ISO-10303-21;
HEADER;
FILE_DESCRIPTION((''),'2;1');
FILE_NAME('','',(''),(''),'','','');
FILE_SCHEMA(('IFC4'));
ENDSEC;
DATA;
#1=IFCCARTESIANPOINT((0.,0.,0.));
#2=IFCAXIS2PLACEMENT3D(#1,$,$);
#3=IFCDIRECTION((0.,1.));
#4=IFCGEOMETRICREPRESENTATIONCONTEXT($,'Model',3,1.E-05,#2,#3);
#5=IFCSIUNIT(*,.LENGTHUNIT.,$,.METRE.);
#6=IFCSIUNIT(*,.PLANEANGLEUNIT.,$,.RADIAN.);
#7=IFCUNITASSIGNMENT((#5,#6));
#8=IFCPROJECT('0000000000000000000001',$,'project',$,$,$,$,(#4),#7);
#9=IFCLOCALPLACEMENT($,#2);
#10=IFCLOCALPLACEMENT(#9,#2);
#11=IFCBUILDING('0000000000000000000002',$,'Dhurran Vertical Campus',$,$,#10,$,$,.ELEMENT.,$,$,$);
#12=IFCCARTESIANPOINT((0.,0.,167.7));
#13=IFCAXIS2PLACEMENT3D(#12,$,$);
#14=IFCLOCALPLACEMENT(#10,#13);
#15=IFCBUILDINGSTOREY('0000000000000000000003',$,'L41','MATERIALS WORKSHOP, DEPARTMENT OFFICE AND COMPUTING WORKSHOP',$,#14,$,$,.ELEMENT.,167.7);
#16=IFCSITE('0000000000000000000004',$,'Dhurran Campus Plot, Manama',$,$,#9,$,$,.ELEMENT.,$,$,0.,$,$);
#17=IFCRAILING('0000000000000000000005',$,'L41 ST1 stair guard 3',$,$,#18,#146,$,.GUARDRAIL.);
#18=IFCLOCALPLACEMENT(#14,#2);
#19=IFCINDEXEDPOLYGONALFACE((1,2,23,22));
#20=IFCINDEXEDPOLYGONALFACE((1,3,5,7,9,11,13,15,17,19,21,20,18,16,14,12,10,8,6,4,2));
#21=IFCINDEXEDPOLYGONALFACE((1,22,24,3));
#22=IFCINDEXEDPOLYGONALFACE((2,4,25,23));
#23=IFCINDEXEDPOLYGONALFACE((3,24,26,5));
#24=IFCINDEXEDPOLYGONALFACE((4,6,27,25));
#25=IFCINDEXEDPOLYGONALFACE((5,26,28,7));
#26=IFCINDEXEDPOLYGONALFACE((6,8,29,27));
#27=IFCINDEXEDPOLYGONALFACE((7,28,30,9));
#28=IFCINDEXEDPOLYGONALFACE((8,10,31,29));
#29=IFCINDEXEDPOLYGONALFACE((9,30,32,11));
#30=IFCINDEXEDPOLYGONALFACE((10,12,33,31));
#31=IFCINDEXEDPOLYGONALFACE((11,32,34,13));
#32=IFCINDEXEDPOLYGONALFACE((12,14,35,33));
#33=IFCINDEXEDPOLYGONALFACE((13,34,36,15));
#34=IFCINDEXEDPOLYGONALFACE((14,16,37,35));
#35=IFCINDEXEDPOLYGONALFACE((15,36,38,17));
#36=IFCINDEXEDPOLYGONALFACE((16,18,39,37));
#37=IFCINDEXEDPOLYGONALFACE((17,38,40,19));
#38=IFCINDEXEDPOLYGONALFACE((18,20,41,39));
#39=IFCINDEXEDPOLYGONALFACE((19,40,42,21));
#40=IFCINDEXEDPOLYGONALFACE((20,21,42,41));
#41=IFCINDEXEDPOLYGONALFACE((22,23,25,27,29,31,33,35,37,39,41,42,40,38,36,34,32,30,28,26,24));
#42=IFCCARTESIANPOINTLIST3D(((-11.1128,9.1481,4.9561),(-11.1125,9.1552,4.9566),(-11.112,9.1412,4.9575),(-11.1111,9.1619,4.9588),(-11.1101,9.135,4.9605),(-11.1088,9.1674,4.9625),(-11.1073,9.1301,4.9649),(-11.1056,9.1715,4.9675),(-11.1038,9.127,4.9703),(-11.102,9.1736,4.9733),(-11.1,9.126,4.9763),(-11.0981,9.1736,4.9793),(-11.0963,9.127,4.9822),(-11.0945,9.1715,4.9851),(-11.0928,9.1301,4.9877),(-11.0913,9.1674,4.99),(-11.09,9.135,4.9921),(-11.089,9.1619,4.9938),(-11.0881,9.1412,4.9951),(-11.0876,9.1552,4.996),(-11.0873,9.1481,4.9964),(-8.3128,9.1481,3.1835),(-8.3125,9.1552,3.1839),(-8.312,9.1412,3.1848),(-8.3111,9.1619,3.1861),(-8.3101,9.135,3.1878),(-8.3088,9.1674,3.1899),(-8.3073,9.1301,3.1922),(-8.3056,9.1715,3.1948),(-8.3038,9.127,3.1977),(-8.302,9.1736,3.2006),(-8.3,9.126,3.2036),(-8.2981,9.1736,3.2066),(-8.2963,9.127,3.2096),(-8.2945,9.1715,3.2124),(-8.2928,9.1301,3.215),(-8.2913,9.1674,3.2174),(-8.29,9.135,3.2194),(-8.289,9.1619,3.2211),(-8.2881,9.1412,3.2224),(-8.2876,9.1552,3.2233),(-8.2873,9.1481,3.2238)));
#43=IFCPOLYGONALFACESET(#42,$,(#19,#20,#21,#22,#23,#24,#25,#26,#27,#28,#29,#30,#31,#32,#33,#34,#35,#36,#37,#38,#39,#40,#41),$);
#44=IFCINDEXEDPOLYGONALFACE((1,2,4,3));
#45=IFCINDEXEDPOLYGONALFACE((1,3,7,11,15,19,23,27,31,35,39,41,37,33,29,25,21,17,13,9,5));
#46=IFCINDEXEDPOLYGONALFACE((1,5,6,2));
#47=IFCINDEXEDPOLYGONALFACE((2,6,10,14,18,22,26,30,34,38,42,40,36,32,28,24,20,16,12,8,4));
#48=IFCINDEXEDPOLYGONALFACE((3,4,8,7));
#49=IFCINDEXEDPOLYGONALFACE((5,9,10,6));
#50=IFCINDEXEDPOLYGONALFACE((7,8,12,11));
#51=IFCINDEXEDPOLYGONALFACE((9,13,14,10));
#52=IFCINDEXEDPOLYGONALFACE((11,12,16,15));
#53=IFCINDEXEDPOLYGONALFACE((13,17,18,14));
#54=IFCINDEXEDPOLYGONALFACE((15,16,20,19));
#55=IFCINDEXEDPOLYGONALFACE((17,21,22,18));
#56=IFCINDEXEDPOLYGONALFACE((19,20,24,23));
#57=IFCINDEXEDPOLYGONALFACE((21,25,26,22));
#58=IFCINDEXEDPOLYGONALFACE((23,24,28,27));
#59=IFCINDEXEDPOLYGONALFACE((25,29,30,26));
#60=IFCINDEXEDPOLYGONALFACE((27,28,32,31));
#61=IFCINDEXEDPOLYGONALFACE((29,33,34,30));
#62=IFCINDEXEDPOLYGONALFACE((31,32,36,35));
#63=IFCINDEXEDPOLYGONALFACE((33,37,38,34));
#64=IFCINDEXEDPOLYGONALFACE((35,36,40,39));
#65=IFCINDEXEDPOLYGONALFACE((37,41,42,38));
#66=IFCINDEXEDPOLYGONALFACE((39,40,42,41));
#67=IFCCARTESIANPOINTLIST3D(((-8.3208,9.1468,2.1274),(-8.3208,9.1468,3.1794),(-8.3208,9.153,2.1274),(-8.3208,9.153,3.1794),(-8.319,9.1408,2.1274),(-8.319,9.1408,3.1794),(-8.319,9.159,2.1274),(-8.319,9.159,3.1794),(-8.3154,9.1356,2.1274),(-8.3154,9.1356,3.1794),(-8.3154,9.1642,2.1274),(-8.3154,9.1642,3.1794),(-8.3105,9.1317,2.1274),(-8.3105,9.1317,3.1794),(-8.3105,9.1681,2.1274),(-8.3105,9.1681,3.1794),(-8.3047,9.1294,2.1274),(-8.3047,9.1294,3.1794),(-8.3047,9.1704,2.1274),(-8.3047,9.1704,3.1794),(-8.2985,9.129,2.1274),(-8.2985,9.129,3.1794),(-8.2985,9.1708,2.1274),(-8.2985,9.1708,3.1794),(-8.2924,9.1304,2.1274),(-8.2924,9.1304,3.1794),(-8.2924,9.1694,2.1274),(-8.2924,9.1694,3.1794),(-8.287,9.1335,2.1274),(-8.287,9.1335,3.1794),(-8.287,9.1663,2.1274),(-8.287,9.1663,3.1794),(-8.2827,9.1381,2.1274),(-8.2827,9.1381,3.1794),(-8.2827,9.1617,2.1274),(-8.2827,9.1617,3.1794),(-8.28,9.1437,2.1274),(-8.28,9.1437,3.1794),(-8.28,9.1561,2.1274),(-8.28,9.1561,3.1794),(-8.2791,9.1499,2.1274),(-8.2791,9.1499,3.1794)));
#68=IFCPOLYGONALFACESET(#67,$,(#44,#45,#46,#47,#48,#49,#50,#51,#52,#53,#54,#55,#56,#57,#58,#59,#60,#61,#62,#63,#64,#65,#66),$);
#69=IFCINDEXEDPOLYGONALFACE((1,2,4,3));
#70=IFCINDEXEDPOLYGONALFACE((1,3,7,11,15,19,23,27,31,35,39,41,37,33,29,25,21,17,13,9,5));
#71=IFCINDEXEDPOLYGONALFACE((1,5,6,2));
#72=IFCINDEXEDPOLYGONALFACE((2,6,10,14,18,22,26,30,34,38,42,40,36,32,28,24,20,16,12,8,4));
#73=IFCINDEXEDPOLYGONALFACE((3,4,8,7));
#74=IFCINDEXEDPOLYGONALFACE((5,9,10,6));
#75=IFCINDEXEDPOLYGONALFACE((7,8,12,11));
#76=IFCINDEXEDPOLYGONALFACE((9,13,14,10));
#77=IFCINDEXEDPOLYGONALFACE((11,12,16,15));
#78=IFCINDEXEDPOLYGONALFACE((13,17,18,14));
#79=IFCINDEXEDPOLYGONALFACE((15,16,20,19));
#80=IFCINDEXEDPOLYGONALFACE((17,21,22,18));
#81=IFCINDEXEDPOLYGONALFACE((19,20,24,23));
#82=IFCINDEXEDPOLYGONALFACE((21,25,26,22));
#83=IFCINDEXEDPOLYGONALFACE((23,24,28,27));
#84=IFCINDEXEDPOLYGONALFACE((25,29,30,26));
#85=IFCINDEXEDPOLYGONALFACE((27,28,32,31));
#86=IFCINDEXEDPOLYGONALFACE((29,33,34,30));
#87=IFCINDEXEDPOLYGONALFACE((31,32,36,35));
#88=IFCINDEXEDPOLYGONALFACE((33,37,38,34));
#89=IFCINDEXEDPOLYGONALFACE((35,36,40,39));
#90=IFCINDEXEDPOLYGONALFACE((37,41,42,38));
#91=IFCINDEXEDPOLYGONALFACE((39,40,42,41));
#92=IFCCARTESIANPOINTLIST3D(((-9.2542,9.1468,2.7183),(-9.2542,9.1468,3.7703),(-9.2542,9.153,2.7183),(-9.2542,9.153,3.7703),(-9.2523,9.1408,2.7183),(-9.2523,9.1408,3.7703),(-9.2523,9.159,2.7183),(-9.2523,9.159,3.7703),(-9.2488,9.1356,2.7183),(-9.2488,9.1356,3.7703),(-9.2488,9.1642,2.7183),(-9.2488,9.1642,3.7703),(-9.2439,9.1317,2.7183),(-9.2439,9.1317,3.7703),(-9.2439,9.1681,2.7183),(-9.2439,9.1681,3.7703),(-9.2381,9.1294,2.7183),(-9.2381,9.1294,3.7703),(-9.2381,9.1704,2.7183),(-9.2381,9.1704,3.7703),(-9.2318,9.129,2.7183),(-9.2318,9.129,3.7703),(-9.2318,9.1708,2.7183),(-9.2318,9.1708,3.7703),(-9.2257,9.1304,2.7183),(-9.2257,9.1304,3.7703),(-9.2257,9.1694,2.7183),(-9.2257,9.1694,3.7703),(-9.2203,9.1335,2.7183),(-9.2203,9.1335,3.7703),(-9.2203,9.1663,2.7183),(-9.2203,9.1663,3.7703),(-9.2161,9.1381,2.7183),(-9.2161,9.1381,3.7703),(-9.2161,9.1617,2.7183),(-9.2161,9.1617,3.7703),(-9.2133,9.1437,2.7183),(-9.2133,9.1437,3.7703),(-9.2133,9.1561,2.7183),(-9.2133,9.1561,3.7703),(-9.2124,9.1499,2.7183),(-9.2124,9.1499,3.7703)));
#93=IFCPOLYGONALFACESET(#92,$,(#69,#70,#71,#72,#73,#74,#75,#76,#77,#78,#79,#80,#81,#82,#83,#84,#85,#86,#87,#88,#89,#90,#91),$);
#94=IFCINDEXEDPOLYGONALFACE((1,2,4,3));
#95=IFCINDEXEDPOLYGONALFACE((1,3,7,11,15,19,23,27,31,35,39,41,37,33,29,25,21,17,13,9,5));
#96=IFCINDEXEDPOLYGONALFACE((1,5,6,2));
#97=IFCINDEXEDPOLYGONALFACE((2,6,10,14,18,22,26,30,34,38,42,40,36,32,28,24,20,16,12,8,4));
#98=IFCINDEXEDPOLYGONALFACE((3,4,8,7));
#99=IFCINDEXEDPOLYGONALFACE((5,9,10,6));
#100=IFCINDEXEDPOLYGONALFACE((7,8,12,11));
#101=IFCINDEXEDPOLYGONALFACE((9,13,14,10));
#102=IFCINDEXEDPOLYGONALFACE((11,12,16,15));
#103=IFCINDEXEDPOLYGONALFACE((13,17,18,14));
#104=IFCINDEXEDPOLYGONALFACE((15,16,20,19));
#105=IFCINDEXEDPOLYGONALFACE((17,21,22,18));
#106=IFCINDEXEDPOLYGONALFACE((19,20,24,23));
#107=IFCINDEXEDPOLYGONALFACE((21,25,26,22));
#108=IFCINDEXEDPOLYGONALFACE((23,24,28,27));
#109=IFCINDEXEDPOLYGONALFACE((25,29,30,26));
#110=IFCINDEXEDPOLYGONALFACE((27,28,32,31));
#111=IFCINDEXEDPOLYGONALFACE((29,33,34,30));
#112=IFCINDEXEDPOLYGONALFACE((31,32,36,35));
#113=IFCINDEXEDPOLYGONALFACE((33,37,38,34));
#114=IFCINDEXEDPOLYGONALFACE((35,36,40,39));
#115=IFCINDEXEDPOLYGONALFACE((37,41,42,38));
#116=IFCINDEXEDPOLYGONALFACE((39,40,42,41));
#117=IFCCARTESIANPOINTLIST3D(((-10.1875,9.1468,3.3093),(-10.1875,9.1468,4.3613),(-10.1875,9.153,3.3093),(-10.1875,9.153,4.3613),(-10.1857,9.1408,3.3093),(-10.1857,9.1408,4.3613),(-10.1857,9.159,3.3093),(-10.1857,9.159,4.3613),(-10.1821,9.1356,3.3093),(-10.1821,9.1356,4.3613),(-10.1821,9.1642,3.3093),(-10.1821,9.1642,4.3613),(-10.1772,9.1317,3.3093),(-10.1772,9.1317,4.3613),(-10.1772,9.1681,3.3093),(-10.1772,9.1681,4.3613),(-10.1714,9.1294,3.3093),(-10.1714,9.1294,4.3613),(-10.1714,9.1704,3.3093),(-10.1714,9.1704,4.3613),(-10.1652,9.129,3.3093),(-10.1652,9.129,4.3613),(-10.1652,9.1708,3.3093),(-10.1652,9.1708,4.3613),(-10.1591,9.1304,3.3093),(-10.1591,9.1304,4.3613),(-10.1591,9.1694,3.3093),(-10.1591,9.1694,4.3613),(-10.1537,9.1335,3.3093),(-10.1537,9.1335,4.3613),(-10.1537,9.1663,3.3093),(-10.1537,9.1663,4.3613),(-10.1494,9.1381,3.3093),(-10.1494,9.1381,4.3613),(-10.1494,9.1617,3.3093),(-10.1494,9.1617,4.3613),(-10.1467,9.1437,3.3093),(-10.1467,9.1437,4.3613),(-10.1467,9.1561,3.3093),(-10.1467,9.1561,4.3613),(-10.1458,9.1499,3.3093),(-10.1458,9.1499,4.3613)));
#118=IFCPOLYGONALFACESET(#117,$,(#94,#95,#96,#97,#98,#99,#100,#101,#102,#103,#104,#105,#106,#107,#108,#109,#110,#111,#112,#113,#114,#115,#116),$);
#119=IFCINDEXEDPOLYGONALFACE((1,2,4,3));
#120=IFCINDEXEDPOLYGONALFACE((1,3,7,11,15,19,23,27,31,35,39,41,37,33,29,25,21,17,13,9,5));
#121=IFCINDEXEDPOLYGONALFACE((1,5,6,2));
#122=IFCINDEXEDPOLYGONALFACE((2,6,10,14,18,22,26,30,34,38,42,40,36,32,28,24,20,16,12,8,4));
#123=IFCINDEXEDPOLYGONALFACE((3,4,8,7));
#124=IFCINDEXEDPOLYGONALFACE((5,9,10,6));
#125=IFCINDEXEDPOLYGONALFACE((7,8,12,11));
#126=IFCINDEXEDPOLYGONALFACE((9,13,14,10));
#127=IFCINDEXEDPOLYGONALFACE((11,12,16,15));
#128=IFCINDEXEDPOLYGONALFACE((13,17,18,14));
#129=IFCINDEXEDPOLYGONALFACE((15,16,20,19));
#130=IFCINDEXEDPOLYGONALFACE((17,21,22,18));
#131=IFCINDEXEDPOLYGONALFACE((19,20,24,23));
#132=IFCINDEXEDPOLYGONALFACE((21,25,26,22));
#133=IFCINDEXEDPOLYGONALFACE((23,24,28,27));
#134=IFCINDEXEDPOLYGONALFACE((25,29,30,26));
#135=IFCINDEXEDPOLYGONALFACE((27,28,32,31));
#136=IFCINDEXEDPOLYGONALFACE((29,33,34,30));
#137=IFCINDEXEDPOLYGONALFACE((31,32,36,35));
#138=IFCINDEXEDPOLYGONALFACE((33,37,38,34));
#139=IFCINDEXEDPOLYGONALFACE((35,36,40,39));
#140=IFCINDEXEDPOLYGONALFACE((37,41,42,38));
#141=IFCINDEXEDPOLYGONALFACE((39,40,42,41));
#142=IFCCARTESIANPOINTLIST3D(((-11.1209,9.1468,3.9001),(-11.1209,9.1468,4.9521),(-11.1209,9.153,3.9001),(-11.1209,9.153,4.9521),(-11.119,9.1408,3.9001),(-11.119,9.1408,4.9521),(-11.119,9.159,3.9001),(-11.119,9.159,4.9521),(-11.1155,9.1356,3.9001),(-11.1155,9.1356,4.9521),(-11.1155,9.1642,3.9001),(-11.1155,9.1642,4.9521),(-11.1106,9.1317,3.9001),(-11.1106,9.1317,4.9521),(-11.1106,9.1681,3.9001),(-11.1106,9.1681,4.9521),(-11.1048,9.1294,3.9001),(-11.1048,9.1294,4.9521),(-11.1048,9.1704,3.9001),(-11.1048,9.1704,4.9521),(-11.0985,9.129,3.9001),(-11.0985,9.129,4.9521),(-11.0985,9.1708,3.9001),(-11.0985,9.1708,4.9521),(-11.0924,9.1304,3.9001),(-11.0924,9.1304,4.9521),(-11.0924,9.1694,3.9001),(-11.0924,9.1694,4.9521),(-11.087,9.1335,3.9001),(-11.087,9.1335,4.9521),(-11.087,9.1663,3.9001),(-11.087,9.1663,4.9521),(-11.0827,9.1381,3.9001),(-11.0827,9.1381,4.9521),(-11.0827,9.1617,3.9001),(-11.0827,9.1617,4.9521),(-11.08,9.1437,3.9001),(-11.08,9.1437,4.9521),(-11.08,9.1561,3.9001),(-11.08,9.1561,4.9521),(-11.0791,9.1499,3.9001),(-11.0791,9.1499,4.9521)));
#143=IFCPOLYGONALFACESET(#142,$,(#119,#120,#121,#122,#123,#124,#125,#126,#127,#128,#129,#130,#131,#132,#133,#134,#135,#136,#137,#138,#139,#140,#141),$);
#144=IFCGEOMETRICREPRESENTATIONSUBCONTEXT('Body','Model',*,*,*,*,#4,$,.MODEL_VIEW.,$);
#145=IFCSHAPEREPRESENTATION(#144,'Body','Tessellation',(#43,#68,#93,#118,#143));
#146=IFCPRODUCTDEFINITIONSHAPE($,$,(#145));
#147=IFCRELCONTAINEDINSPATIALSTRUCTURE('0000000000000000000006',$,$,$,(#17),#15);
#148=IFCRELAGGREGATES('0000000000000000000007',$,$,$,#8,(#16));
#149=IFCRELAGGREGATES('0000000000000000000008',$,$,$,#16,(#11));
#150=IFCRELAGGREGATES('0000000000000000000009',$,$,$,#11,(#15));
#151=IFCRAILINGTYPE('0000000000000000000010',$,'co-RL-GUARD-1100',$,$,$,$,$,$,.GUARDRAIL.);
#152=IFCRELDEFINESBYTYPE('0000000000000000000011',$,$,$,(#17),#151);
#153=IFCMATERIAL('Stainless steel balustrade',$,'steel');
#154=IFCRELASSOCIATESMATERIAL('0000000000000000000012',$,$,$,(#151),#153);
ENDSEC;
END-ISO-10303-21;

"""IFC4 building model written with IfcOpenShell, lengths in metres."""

from ifc_helpers import new_model, si_unit, direction, frame, origin, origin_2d, place, context, subcontext, project, spatial, circle, extrude, material, type_object, element, save


model = new_model("IFC4")

# Units and contexts
model_context = context("Model", 3, precision=1e-05, world=origin(), true_north=direction((0.0, 1.0)))
body_context = subcontext(model_context, "Body", "Model", "MODEL_VIEW")
ifc_project = project(units=[si_unit("LENGTHUNIT", "METRE"), si_unit("PLANEANGLEUNIT", "RADIAN")], contexts=[model_context])

# Site, building, storey
site_placement = place(None, origin())
site = spatial("IfcSite", under=ifc_project, at=site_placement, Name="Dhurran Campus Plot, Manama", CompositionType="ELEMENT", RefElevation=0.0)
building_placement = place(site_placement, origin())
building = spatial("IfcBuilding", under=site, at=building_placement, Name="Dhurran Vertical Campus", CompositionType="ELEMENT")
storey_placement = place(building_placement, frame((0.0, 0.0, 167.7)))
storey = spatial("IfcBuildingStorey", under=building, at=storey_placement, Name="L41", Description="MATERIALS WORKSHOP, DEPARTMENT OFFICE AND COMPUTING WORKSHOP", CompositionType="ELEMENT", Elevation=167.7)

# Railing
ifc_material_1 = material(Name="Stainless steel balustrade", Category="steel")
railing_type_1 = type_object("IfcRailingType", Name="co-RL-GUARD-1100", PredefinedType="GUARDRAIL", material=ifc_material_1)
railing_1_placement = place(storey_placement, frame((-8.3, 9.1499, 2.1274)))
element("IfcRailing", 1, at=railing_1_placement, inside=storey, type_object=railing_type_1, Name="L41 ST1 stair guard 3", PredefinedType="GUARDRAIL", context=body_context, shape_type="SweptSolid", body=[
    extrude(circle(Radius=0.0239, at=origin_2d()), frame((0.0, 0.0, 1.0762), z_axis=(-0.844909, 0.0, 0.53491), x_axis=(0.0, -1.0, 0.0)), (0.0, 0.0, 1.0), 3.314),
    extrude(circle(Radius=0.021, at=origin_2d()), origin(), (0.0, 0.0, 1.0), 1.052),
    extrude(circle(Radius=0.021, at=origin_2d()), frame((-0.9333, 0.0, 0.5908)), (0.0, 0.0, 1.0), 1.052),
    extrude(circle(Radius=0.021, at=origin_2d()), frame((-1.8667, 0.0, 1.1819)), (0.0, 0.0, 1.0), 1.052),
    extrude(circle(Radius=0.021, at=origin_2d()), frame((-2.8, 0.0, 1.7727)), (0.0, 0.0, 1.0), 1.052),
])

save(model, "model.ifc")
